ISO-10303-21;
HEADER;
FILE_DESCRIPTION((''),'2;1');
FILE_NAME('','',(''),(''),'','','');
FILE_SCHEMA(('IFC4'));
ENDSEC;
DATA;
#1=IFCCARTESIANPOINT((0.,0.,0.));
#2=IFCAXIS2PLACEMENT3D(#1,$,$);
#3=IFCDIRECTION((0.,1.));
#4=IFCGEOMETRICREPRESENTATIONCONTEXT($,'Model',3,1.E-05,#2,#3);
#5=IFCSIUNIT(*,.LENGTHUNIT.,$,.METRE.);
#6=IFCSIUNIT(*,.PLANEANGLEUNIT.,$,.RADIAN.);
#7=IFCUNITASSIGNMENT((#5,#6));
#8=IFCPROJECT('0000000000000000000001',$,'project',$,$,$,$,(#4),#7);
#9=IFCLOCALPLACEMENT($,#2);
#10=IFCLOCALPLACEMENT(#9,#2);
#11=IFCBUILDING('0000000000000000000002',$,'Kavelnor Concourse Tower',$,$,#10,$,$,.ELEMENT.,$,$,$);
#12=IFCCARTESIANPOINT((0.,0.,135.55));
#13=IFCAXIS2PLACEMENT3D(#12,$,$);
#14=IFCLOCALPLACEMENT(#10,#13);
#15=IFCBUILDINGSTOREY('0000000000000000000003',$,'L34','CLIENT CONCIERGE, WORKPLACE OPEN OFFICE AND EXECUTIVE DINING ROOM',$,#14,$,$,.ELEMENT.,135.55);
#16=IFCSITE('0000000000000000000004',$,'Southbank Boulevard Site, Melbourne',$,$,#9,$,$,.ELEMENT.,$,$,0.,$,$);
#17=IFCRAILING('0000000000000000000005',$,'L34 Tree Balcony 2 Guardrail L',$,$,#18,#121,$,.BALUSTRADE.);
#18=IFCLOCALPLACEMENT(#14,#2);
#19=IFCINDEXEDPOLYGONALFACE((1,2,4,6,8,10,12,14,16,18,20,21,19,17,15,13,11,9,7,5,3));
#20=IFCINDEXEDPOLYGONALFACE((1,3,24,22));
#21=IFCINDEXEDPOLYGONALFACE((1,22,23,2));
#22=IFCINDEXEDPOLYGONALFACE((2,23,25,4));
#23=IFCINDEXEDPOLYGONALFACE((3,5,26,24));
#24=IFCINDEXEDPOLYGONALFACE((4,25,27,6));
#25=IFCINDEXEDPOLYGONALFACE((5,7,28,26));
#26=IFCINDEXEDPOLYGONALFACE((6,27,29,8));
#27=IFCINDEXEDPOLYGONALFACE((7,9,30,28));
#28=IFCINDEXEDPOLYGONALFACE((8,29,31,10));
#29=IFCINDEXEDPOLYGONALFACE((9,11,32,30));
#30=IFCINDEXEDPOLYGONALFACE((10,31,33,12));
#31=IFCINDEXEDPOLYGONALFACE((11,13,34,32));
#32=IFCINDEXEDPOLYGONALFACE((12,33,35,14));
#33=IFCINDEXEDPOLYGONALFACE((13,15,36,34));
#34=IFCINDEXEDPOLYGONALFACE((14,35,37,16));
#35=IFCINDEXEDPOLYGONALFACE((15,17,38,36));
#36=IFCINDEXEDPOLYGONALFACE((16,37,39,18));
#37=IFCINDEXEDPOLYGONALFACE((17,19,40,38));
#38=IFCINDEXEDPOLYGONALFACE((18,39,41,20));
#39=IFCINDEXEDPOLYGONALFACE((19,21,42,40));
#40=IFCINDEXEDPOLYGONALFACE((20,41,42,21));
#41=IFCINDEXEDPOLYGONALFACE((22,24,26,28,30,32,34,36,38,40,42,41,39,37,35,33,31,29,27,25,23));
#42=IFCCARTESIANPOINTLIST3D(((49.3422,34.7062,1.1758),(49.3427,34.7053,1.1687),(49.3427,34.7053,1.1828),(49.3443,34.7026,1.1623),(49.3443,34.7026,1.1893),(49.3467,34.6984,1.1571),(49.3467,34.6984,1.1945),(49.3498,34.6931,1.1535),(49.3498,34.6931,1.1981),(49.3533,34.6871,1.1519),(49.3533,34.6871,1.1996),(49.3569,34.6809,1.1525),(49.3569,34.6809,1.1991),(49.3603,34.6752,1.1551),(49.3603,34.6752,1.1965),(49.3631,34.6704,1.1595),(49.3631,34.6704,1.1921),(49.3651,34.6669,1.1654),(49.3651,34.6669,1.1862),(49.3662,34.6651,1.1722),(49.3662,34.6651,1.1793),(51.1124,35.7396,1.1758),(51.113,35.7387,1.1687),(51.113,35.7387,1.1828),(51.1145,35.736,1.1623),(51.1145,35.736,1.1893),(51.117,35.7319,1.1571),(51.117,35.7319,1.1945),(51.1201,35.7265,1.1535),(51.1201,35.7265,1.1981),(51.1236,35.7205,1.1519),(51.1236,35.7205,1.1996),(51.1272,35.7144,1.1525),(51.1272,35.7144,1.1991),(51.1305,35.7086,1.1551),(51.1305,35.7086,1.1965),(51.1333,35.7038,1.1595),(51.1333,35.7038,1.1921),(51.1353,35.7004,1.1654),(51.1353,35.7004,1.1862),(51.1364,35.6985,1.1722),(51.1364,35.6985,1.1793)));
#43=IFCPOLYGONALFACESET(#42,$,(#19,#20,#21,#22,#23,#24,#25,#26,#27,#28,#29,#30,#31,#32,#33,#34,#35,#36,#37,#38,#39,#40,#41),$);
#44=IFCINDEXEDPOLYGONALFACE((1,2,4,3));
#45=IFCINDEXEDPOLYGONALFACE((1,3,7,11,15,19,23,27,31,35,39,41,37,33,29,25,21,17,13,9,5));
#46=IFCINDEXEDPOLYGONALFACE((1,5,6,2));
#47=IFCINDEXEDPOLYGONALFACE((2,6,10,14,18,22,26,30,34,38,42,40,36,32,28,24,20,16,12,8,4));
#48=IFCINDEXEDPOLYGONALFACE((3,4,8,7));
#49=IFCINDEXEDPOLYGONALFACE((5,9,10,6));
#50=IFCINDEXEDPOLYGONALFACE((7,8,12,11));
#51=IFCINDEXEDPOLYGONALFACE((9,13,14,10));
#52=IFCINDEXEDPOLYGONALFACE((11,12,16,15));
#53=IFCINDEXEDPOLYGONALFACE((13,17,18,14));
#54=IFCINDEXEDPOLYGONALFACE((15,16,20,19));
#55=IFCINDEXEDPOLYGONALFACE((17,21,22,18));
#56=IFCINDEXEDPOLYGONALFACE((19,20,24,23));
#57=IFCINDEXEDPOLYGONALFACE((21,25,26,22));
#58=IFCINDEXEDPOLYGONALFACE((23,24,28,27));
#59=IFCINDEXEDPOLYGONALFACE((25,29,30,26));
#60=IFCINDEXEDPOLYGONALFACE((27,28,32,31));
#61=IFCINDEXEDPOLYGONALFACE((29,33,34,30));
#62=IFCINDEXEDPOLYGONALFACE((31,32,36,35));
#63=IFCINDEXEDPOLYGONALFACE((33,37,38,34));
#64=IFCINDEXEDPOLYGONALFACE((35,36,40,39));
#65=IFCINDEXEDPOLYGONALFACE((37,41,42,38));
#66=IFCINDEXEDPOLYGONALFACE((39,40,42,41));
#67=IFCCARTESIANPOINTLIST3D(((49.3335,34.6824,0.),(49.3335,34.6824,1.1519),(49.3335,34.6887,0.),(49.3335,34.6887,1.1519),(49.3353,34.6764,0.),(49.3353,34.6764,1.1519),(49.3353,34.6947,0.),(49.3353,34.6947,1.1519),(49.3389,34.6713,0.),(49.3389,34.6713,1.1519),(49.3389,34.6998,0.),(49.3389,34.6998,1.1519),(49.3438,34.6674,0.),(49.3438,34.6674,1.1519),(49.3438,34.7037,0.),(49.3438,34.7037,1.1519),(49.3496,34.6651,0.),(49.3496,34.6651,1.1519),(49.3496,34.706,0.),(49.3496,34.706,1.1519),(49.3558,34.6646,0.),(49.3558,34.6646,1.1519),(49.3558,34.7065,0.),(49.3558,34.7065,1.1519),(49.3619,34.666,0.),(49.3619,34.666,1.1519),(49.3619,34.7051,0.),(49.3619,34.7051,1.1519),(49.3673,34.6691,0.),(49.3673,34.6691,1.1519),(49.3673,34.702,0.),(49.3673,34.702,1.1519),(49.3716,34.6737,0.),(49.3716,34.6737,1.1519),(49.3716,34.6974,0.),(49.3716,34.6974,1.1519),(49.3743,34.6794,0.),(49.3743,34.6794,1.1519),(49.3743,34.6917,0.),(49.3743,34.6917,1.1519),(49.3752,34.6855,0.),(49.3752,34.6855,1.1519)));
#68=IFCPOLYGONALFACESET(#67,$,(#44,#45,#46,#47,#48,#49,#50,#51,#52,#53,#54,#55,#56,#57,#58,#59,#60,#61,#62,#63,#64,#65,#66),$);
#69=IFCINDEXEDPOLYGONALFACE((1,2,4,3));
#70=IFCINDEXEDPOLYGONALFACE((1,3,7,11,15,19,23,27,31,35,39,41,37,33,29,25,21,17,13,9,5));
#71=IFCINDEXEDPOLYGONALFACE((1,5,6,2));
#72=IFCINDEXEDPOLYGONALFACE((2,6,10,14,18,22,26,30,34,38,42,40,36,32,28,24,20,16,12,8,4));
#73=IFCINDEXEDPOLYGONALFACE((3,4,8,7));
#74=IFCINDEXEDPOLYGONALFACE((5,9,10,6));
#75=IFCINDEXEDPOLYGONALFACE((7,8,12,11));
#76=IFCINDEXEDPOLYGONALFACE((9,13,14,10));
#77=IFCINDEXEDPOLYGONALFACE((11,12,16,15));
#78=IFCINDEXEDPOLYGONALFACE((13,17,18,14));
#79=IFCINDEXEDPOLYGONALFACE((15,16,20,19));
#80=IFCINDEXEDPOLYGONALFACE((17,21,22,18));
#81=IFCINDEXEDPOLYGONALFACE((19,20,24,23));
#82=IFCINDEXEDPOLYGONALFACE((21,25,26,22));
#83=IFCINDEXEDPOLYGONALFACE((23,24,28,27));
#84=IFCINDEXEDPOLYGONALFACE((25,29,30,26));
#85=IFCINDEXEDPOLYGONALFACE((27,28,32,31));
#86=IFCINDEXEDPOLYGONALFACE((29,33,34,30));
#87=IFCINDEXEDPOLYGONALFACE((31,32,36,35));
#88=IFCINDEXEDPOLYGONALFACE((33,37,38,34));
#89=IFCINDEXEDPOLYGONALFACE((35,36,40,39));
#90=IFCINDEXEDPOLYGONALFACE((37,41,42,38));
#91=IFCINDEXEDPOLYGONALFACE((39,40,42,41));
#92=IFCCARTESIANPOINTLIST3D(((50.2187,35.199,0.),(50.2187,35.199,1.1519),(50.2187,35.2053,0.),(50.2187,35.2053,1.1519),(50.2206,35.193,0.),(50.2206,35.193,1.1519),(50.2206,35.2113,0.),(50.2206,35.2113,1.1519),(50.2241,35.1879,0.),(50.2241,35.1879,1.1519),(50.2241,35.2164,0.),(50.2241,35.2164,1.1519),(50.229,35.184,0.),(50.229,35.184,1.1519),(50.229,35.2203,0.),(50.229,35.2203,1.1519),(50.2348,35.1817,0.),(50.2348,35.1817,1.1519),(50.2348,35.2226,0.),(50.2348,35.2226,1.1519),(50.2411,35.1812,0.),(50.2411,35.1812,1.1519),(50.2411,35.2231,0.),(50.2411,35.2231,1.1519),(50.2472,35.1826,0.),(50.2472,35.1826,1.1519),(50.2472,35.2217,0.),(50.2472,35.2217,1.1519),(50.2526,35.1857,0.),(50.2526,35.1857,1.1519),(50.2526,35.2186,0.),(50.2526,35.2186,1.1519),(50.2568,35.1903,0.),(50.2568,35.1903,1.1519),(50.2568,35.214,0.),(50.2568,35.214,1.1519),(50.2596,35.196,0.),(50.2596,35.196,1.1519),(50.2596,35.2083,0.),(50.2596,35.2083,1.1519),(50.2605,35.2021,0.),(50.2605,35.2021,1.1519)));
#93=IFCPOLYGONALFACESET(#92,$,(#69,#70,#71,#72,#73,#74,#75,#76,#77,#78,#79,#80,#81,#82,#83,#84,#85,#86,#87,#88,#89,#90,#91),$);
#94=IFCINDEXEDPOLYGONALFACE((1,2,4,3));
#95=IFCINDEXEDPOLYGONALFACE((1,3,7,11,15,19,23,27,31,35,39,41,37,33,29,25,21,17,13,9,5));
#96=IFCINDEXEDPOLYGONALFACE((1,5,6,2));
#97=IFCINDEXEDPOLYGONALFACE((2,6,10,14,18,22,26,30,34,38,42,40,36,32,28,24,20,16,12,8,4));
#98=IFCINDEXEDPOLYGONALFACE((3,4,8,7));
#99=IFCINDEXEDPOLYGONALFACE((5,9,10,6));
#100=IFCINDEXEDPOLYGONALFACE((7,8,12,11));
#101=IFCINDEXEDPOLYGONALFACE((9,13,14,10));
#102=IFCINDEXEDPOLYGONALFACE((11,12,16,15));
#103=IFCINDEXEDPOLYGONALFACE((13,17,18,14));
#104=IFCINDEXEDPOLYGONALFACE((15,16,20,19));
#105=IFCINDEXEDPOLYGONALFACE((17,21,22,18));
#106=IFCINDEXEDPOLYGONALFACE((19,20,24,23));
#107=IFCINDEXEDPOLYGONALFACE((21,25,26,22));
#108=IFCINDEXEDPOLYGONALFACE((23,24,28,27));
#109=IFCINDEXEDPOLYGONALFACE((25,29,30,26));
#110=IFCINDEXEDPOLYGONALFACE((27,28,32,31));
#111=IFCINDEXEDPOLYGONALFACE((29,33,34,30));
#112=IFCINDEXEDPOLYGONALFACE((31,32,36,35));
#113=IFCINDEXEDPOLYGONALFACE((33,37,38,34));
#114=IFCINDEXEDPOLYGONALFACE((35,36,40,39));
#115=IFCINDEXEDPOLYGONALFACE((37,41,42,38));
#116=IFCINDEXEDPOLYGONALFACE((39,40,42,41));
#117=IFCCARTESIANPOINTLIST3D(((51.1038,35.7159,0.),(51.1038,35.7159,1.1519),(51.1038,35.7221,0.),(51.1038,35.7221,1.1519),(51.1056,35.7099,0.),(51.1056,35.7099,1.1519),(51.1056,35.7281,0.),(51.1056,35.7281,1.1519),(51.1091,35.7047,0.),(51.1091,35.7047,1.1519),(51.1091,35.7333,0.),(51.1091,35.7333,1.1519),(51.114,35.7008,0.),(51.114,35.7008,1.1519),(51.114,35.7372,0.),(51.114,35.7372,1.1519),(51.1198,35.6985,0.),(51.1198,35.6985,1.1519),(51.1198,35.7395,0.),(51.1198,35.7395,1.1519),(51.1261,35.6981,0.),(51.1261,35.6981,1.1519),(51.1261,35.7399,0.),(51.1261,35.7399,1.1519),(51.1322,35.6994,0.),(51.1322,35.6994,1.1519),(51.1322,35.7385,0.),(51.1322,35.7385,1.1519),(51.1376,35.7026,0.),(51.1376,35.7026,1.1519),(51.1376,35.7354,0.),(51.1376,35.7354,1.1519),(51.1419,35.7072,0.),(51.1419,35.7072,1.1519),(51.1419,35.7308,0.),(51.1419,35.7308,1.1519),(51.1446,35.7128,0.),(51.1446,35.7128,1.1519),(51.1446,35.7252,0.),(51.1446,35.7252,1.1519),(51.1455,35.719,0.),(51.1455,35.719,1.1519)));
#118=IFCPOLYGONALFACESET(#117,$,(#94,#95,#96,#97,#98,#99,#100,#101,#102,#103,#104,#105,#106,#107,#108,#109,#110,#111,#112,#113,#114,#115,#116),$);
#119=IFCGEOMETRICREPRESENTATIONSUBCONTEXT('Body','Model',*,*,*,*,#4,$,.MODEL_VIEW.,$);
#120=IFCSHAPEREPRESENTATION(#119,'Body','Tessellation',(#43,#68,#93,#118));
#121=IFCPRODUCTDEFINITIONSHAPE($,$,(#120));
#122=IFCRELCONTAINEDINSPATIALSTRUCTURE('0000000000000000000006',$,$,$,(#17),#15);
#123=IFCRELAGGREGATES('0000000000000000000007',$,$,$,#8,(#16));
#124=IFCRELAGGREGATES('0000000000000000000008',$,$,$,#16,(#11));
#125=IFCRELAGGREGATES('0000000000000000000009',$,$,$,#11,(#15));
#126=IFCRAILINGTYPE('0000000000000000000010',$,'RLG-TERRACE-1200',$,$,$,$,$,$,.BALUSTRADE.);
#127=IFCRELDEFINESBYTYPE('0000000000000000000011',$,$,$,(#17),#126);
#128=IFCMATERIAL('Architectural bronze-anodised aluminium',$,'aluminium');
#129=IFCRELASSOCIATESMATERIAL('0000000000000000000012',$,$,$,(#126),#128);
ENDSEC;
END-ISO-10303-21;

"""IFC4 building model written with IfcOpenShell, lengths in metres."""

from ifc_helpers import new_model, si_unit, direction, frame, origin, origin_2d, place, context, subcontext, project, spatial, circle, extrude, material, type_object, element, save


model = new_model("IFC4")

# Units and contexts
model_context = context("Model", 3, precision=1e-05, world=origin(), true_north=direction((0.0, 1.0)))
body_context = subcontext(model_context, "Body", "Model", "MODEL_VIEW")
ifc_project = project(units=[si_unit("LENGTHUNIT", "METRE"), si_unit("PLANEANGLEUNIT", "RADIAN")], contexts=[model_context])

# Site, building, storey
site_placement = place(None, origin())
site = spatial("IfcSite", under=ifc_project, at=site_placement, Name="Southbank Boulevard Site, Melbourne", CompositionType="ELEMENT", RefElevation=0.0)
building_placement = place(site_placement, origin())
building = spatial("IfcBuilding", under=site, at=building_placement, Name="Kavelnor Concourse Tower", CompositionType="ELEMENT")
storey_placement = place(building_placement, frame((0.0, 0.0, 135.55)))
storey = spatial("IfcBuildingStorey", under=building, at=storey_placement, Name="L34", Description="CLIENT CONCIERGE, WORKPLACE OPEN OFFICE AND EXECUTIVE DINING ROOM", CompositionType="ELEMENT", Elevation=135.55)

# Railing
ifc_material_1 = material(Name="Architectural bronze-anodised aluminium", Category="aluminium")
railing_type = type_object("IfcRailingType", Name="RLG-TERRACE-1200", PredefinedType="BALUSTRADE", material=ifc_material_1)
railing_1_placement = place(storey_placement, frame((49.3542, 34.6855, 0.0)))
element("IfcRailing", 1, at=railing_1_placement, inside=storey, type_object=railing_type, Name="L34 Tree Balcony 2 Guardrail L", PredefinedType="BALUSTRADE", context=body_context, shape_type="SweptSolid", body=[
    extrude(circle(Radius=0.0239, at=origin_2d()), frame((0.0, 0.0, 1.1758), z_axis=(0.86361, 0.50416, 0.0), x_axis=(-0.50416, 0.86361, 0.0)), (0.0, 0.0, 1.0), 2.0498),
    extrude(circle(Radius=0.021, at=origin_2d()), origin(), (0.0, 0.0, 1.0), 1.1519),
    extrude(circle(Radius=0.021, at=origin_2d()), frame((0.8853, 0.5166, 0.0)), (0.0, 0.0, 1.0), 1.1519),
    extrude(circle(Radius=0.021, at=origin_2d()), frame((1.7703, 1.0334, 0.0)), (0.0, 0.0, 1.0), 1.1519),
])

save(model, "model.ifc")
